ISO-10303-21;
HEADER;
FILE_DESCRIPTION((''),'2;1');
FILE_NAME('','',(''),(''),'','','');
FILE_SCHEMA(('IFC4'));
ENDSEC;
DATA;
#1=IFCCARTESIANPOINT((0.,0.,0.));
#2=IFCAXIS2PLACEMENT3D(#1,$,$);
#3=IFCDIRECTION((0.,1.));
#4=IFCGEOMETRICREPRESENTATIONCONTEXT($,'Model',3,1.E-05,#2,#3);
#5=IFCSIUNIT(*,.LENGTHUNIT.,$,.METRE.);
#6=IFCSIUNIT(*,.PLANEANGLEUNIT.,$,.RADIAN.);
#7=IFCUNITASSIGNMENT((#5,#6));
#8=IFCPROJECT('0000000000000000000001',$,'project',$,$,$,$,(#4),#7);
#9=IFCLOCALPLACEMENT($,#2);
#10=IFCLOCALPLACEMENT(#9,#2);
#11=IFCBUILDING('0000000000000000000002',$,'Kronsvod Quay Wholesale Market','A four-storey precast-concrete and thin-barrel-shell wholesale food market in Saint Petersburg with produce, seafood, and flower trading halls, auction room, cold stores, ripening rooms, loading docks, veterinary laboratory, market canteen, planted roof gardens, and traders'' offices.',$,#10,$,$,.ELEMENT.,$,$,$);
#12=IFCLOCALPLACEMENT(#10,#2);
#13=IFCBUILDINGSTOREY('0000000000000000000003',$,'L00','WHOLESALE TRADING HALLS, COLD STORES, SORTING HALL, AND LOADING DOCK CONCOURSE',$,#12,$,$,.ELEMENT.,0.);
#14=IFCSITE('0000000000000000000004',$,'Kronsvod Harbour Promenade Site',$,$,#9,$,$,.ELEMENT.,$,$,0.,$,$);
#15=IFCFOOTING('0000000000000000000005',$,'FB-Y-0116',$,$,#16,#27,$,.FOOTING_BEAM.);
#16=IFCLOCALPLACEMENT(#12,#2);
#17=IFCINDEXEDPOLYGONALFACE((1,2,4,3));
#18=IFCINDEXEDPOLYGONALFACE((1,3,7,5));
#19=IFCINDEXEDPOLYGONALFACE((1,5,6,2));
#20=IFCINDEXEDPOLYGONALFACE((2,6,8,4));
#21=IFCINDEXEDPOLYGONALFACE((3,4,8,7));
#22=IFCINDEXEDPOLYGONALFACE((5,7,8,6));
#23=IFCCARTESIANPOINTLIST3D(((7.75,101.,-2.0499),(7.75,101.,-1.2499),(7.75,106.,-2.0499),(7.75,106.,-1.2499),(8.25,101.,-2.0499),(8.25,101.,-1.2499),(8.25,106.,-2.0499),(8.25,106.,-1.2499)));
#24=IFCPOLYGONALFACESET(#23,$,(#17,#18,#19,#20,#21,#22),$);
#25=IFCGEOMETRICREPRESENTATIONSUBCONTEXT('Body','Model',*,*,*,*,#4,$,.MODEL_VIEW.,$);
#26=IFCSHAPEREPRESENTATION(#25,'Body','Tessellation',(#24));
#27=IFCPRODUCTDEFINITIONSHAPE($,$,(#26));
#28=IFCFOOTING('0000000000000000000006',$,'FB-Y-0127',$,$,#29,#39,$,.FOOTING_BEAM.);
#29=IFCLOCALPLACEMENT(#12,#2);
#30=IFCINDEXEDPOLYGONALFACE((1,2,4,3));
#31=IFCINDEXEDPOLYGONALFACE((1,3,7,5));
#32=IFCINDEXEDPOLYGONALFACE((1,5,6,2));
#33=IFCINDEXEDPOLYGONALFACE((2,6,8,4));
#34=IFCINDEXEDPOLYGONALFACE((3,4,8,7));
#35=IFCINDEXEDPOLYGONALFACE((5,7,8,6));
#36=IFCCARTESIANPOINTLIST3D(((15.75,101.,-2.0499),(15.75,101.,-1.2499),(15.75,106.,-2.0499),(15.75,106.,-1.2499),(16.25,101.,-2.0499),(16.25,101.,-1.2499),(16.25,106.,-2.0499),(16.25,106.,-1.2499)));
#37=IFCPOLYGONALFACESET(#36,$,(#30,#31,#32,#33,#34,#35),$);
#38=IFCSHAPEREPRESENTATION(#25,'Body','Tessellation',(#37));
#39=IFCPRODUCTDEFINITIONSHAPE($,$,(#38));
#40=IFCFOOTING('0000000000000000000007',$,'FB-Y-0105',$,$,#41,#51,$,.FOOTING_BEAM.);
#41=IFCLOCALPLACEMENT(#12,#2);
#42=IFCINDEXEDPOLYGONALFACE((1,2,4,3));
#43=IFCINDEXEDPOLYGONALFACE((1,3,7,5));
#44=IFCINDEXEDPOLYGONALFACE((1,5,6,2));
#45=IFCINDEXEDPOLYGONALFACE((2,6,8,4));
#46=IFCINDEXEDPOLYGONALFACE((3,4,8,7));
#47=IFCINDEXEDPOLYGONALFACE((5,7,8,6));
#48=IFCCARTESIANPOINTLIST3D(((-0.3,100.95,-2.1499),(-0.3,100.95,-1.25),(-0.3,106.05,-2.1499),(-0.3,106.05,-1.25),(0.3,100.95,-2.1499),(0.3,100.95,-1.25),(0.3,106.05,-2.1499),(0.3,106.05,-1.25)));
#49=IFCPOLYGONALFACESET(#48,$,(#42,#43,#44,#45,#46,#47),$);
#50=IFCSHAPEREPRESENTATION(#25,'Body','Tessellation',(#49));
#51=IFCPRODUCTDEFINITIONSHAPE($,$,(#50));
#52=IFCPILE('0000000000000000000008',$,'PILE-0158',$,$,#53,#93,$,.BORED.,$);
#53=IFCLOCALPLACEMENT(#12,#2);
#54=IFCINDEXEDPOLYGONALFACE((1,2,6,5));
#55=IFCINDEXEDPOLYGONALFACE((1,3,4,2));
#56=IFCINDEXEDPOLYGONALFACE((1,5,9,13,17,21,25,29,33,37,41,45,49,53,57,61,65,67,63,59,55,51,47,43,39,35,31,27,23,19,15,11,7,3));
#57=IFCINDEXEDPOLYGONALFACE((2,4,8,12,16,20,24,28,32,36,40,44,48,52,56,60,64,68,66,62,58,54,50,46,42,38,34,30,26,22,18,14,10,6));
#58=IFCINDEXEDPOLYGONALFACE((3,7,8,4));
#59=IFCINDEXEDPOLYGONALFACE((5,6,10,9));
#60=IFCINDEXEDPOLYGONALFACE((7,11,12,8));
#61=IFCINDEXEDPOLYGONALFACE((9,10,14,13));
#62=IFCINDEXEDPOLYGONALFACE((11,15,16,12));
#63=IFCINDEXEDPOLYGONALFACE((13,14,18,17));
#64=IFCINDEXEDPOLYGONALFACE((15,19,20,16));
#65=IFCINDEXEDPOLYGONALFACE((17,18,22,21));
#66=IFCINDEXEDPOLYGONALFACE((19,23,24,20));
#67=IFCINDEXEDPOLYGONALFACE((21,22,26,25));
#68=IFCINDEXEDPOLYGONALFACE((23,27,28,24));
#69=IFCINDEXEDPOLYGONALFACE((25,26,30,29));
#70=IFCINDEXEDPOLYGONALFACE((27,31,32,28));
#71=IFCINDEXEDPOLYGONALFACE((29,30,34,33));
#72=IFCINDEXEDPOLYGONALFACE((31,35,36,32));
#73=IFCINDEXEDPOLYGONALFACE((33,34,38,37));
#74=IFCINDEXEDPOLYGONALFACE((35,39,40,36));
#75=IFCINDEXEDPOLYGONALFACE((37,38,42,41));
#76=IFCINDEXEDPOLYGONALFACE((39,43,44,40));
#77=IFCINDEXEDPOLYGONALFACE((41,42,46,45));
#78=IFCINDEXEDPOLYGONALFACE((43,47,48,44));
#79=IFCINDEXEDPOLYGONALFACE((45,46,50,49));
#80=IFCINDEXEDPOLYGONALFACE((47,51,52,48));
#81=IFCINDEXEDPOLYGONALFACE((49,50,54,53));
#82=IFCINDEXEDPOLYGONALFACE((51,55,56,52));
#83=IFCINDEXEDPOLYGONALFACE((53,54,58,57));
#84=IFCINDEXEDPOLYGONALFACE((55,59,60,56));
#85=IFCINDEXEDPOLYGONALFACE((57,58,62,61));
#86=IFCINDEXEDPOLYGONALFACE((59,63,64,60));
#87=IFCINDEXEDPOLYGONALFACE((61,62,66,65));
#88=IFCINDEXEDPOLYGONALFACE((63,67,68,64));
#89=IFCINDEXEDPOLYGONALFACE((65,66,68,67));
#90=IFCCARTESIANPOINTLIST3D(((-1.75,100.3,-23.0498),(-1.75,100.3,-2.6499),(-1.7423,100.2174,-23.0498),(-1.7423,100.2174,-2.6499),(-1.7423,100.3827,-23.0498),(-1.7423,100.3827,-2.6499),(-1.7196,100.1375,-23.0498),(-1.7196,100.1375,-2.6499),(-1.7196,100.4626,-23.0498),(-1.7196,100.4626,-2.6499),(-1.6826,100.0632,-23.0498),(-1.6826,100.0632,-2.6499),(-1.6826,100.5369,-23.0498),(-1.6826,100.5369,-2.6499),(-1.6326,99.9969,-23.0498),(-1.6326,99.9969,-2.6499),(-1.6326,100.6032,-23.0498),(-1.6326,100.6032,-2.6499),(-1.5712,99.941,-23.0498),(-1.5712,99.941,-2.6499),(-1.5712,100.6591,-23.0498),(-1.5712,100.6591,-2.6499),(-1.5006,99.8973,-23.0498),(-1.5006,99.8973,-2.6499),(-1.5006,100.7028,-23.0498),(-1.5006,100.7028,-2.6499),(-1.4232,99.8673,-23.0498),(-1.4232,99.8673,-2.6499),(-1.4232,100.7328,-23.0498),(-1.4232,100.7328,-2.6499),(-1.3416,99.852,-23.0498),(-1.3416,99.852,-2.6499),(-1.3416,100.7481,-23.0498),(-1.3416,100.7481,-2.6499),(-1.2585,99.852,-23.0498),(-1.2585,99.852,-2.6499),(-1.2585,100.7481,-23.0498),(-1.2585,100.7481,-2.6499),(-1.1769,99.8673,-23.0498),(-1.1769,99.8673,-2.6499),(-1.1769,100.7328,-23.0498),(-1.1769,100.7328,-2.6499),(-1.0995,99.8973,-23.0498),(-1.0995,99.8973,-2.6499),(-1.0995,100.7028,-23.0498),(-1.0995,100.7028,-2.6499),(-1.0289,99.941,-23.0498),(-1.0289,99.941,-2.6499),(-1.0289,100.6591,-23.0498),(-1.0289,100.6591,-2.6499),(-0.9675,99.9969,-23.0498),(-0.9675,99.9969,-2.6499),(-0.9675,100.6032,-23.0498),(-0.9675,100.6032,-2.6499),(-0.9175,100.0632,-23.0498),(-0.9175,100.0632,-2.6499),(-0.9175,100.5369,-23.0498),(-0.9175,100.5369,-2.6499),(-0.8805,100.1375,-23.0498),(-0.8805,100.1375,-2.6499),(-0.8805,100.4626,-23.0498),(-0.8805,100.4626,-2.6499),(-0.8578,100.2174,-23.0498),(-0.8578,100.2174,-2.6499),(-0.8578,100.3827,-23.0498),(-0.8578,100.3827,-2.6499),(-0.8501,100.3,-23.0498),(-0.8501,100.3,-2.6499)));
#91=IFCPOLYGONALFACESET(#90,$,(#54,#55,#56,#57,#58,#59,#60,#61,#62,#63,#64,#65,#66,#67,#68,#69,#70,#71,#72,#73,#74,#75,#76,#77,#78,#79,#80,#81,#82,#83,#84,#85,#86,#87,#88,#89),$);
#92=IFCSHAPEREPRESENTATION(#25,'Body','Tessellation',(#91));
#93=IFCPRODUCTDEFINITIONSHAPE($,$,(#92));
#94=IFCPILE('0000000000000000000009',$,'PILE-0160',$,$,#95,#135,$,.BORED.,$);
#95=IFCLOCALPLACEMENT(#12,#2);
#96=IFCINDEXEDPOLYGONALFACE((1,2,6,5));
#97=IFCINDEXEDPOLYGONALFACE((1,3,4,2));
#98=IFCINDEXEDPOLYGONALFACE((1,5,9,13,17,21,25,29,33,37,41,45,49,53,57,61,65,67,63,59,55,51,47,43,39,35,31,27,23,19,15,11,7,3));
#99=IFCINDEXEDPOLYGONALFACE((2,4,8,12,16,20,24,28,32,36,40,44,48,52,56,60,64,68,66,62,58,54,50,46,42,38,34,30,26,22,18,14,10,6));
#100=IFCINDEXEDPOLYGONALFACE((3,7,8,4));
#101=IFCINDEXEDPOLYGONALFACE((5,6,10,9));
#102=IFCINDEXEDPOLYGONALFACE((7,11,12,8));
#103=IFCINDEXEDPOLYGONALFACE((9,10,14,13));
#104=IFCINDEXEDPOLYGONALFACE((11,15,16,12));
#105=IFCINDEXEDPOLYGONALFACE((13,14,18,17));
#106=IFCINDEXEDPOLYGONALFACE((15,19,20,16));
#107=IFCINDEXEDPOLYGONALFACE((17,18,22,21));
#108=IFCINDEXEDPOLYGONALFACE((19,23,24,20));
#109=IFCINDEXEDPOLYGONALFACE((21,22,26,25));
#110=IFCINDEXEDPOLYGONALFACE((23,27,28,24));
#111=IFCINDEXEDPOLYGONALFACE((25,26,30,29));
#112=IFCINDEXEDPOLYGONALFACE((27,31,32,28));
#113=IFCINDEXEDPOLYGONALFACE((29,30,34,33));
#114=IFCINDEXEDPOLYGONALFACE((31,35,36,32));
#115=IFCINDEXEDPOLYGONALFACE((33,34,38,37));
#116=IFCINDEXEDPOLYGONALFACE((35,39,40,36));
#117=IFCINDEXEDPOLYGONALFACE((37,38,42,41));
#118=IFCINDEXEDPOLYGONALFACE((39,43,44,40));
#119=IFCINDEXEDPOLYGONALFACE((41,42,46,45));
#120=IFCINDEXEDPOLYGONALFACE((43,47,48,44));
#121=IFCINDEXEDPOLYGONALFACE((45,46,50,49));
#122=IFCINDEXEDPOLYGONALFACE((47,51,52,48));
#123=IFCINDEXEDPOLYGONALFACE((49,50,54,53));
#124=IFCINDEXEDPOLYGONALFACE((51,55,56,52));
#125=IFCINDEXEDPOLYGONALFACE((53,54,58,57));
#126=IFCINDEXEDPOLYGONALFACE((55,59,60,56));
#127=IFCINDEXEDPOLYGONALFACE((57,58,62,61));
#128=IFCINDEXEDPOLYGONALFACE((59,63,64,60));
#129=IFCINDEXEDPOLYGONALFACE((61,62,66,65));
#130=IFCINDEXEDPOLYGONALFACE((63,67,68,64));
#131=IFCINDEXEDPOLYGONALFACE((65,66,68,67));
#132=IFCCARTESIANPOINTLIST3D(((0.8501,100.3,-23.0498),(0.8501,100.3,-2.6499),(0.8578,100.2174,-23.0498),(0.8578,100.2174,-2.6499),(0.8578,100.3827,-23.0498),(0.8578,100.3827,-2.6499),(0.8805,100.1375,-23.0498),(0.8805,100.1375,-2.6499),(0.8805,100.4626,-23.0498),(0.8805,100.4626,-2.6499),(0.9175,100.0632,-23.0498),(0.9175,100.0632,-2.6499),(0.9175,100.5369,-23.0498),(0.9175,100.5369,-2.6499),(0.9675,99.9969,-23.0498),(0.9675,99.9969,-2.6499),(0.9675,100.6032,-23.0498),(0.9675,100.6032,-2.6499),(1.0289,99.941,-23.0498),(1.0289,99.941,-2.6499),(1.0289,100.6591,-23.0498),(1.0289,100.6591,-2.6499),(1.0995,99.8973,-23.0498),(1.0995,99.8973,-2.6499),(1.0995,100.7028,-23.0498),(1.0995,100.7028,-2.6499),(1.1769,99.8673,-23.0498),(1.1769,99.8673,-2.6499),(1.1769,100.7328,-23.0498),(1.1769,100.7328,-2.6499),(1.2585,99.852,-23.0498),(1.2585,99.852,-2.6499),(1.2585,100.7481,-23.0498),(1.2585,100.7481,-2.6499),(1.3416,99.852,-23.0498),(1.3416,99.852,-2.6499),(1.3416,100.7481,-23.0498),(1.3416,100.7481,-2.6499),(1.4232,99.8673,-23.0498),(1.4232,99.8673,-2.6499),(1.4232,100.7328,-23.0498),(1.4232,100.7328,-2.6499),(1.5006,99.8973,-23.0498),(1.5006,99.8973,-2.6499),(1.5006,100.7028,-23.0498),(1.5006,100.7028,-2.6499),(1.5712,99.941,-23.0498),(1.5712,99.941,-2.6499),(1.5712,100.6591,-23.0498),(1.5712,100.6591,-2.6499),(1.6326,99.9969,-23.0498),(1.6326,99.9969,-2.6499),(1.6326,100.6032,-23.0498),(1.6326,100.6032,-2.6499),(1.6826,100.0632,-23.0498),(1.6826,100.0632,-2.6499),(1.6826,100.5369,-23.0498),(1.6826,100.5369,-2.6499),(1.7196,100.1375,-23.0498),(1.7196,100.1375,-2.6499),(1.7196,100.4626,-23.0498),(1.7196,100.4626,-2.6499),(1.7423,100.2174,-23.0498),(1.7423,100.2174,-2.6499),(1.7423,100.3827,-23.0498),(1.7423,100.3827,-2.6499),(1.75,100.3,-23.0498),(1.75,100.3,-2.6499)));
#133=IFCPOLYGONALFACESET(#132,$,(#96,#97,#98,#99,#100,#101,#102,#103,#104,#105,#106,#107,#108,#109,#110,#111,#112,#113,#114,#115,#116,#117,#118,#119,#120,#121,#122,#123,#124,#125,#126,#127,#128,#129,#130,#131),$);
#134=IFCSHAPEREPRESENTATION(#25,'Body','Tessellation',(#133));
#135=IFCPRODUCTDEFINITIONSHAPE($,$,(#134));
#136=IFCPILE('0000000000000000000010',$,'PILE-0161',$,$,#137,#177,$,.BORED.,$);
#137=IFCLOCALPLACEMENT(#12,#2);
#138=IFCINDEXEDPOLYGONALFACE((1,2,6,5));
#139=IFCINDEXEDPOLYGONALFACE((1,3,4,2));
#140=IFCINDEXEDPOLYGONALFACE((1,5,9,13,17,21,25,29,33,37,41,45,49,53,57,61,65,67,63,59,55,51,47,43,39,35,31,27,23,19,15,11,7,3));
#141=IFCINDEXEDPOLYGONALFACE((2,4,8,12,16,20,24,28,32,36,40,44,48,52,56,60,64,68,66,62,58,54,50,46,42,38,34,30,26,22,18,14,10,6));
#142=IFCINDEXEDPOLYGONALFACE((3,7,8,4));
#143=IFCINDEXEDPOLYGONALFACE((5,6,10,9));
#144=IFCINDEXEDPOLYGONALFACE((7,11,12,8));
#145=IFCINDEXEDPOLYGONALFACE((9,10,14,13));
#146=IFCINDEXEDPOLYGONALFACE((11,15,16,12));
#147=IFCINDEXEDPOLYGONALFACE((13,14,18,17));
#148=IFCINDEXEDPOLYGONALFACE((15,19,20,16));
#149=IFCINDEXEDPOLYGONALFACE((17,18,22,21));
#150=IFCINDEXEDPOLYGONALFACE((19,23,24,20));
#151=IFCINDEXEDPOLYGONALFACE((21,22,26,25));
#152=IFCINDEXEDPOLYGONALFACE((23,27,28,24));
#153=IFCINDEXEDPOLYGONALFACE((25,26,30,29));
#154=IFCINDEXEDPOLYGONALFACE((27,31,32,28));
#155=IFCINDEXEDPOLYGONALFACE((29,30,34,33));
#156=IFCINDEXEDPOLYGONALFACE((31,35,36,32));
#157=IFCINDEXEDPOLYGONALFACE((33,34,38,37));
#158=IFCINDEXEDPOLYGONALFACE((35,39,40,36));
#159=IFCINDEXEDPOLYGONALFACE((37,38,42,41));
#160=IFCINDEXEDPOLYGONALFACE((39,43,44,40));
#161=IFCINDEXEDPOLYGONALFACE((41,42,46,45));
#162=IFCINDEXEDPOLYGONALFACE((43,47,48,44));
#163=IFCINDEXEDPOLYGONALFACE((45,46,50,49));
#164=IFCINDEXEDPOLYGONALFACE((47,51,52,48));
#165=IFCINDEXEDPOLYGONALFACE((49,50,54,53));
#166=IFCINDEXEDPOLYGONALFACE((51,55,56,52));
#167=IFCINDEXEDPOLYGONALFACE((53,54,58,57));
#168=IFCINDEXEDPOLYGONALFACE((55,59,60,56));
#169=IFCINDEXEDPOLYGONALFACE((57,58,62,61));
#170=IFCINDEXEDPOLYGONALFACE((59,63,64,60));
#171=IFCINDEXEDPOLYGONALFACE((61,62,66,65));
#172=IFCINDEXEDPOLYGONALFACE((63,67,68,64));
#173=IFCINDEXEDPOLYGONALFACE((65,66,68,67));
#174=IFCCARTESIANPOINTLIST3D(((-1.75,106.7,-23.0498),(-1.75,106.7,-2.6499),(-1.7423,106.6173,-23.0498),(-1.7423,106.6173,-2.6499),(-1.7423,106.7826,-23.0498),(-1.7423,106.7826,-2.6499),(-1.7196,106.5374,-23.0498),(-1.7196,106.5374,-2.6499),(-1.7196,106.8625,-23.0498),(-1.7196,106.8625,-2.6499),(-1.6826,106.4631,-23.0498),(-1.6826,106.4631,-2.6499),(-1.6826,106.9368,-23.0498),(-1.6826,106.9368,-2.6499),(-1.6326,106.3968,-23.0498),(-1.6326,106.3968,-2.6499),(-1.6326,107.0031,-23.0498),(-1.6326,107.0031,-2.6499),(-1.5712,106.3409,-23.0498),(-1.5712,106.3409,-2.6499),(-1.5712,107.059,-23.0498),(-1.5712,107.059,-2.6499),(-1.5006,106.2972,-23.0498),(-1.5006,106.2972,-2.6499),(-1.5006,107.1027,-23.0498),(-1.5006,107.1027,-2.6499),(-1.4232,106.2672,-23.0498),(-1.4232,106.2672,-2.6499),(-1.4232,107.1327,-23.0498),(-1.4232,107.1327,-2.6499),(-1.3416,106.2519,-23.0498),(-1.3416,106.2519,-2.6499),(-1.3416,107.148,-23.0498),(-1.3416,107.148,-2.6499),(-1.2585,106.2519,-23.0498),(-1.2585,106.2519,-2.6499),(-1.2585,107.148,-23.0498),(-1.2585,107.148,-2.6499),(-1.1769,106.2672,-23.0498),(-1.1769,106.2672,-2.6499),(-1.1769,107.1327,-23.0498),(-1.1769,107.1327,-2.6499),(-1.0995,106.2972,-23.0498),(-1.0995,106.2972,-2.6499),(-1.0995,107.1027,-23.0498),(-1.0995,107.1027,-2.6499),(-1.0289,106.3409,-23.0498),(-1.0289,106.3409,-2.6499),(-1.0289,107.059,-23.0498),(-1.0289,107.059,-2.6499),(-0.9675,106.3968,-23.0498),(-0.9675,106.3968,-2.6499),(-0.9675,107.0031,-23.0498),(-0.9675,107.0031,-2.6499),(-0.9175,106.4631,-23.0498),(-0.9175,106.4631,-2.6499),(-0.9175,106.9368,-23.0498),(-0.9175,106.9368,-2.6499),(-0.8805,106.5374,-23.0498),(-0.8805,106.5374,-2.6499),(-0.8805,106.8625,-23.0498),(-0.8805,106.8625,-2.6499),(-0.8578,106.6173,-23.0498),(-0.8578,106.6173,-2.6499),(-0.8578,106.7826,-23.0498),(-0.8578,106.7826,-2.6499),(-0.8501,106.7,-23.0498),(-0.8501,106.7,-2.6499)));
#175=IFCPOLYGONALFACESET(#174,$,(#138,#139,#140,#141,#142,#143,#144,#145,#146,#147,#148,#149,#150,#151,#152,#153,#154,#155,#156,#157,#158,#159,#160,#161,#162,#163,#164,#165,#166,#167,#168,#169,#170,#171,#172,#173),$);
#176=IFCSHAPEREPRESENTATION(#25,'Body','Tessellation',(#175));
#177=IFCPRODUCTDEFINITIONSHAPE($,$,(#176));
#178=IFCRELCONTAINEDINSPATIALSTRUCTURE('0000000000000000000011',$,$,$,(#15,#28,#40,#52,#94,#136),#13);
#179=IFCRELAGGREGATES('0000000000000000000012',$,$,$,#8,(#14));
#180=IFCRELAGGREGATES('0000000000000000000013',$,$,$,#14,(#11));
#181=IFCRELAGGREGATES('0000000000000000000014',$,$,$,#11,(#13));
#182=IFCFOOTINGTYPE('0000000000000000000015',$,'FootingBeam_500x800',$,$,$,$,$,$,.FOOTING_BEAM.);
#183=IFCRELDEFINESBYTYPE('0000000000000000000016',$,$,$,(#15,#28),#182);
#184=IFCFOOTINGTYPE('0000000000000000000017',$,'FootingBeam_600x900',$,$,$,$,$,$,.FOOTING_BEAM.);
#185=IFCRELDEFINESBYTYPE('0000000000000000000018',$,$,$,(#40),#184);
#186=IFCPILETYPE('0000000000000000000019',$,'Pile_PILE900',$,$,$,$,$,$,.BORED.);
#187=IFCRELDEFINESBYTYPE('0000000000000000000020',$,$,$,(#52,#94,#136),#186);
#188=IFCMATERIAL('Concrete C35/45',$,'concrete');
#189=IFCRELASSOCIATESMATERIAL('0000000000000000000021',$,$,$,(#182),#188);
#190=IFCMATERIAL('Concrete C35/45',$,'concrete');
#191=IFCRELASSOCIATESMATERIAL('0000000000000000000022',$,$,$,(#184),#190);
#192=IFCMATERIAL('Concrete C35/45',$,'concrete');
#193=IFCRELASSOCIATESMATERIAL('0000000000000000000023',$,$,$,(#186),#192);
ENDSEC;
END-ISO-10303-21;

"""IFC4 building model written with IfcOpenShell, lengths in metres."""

from ifc_helpers import new_model, si_unit, direction, frame, origin, origin_2d, place, context, subcontext, project, spatial, rectangle, circle, extrude, material, material_profile, profile_set, type_object, element, save


model = new_model("IFC4")

# Units and contexts
model_context = context("Model", 3, precision=1e-05, world=origin(), true_north=direction((0.0, 1.0)))
body_context = subcontext(model_context, "Body", "Model", "MODEL_VIEW")
ifc_project = project(units=[si_unit("LENGTHUNIT", "METRE"), si_unit("PLANEANGLEUNIT", "RADIAN")], contexts=[model_context])

# Site, building, storey
site_placement = place(None, origin())
site = spatial("IfcSite", under=ifc_project, at=site_placement, Name="Kronsvod Harbour Promenade Site", CompositionType="ELEMENT", RefElevation=0.0)
building_placement = place(site_placement, origin())
building = spatial("IfcBuilding", under=site, at=building_placement, Name="Kronsvod Quay Wholesale Market", Description="A four-storey precast-concrete and thin-barrel-shell wholesale food market in Saint Petersburg with produce, seafood, and flower trading halls, auction room, cold stores, ripening rooms, loading docks, veterinary laboratory, market canteen, planted roof gardens, and traders' offices.", CompositionType="ELEMENT")
storey_placement = place(building_placement, origin())
storey = spatial("IfcBuildingStorey", under=building, at=storey_placement, Name="L00", Description="WHOLESALE TRADING HALLS, COLD STORES, SORTING HALL, AND LOADING DOCK CONCOURSE", CompositionType="ELEMENT", Elevation=0.0)

# Footings
ifc_material_1 = material(Name="Concrete C35/45", Category="concrete")
ifc_material_profile_1 = material_profile(ifc_material_1, rectangle(XDim=0.5, YDim=0.8, at=origin_2d()), Name="FB-01")
ifc_profile_set_1 = profile_set([ifc_material_profile_1], Name="Concrete C35/45")
footing_type_1 = type_object("IfcFootingType", Name="FootingBeam_500x800", PredefinedType="FOOTING_BEAM", material=ifc_profile_set_1)
for number, where, z_axis, x_axis, name in (
    (1, (8.0, 101.0, -1.6499), (0.0, 1.0, 0.0), (-1.0, 0.0, 0.0), "FB-Y-0116"),
    (2, (16.0, 101.0, -1.6499), (0.0, 1.0, 0.0), (-1.0, 0.0, 0.0), "FB-Y-0127"),
):
    element("IfcFooting", number, at=place(storey_placement, frame(where, z_axis=z_axis, x_axis=x_axis)), inside=storey, type_object=footing_type_1, Name=name, PredefinedType="FOOTING_BEAM", context=body_context, shape_type="SweptSolid", body=[
        extrude(rectangle(XDim=0.5, YDim=0.8, at=origin_2d()), origin(), (0.0, 0.0, 1.0), 5.0),
    ])
ifc_material_2 = material(Name="Concrete C35/45", Category="concrete")
ifc_material_profile_2 = material_profile(ifc_material_2, rectangle(XDim=0.6001, YDim=0.8999, at=origin_2d()), Name="FB-02")
ifc_profile_set_2 = profile_set([ifc_material_profile_2], Name="Concrete C35/45")
footing_type_2 = type_object("IfcFootingType", Name="FootingBeam_600x900", PredefinedType="FOOTING_BEAM", material=ifc_profile_set_2)
footing_1_placement = place(storey_placement, frame((0.0, 100.95, -1.7), z_axis=(0.0, 1.0, 0.0), x_axis=(-1.0, 0.0, 0.0)))
element("IfcFooting", 3, at=footing_1_placement, inside=storey, type_object=footing_type_2, Name="FB-Y-0105", PredefinedType="FOOTING_BEAM", context=body_context, shape_type="SweptSolid", body=[
    extrude(rectangle(XDim=0.6001, YDim=0.8999, at=origin_2d()), origin(), (0.0, 0.0, 1.0), 5.1001),
])

# Piles
ifc_material_3 = material(Name="Concrete C35/45", Category="concrete")
ifc_material_profile_3 = material_profile(ifc_material_3, circle(Radius=0.45, at=origin_2d()), Name="PILE900")
ifc_profile_set_3 = profile_set([ifc_material_profile_3], Name="Concrete C35/45")
pile_type = type_object("IfcPileType", Name="Pile_PILE900", PredefinedType="BORED", material=ifc_profile_set_3)
for number, where, z_axis, x_axis, name in (
    (4, (-1.3, 100.3, -2.6499), (0.0, 0.0, -1.0), (1.0, 0.0, 0.0), "PILE-0158"),
    (5, (1.3, 100.3, -2.6499), (0.0, 0.0, -1.0), (1.0, 0.0, 0.0), "PILE-0160"),
    (6, (-1.3, 106.7, -2.6499), (0.0, 0.0, -1.0), (1.0, 0.0, 0.0), "PILE-0161"),
):
    element("IfcPile", number, at=place(storey_placement, frame(where, z_axis=z_axis, x_axis=x_axis)), inside=storey, type_object=pile_type, Name=name, PredefinedType="BORED", context=body_context, shape_type="SweptSolid", body=[
        extrude(circle(Radius=0.45, at=origin_2d()), origin(), (0.0, 0.0, 1.0), 20.3999),
    ])

save(model, "model.ifc")
